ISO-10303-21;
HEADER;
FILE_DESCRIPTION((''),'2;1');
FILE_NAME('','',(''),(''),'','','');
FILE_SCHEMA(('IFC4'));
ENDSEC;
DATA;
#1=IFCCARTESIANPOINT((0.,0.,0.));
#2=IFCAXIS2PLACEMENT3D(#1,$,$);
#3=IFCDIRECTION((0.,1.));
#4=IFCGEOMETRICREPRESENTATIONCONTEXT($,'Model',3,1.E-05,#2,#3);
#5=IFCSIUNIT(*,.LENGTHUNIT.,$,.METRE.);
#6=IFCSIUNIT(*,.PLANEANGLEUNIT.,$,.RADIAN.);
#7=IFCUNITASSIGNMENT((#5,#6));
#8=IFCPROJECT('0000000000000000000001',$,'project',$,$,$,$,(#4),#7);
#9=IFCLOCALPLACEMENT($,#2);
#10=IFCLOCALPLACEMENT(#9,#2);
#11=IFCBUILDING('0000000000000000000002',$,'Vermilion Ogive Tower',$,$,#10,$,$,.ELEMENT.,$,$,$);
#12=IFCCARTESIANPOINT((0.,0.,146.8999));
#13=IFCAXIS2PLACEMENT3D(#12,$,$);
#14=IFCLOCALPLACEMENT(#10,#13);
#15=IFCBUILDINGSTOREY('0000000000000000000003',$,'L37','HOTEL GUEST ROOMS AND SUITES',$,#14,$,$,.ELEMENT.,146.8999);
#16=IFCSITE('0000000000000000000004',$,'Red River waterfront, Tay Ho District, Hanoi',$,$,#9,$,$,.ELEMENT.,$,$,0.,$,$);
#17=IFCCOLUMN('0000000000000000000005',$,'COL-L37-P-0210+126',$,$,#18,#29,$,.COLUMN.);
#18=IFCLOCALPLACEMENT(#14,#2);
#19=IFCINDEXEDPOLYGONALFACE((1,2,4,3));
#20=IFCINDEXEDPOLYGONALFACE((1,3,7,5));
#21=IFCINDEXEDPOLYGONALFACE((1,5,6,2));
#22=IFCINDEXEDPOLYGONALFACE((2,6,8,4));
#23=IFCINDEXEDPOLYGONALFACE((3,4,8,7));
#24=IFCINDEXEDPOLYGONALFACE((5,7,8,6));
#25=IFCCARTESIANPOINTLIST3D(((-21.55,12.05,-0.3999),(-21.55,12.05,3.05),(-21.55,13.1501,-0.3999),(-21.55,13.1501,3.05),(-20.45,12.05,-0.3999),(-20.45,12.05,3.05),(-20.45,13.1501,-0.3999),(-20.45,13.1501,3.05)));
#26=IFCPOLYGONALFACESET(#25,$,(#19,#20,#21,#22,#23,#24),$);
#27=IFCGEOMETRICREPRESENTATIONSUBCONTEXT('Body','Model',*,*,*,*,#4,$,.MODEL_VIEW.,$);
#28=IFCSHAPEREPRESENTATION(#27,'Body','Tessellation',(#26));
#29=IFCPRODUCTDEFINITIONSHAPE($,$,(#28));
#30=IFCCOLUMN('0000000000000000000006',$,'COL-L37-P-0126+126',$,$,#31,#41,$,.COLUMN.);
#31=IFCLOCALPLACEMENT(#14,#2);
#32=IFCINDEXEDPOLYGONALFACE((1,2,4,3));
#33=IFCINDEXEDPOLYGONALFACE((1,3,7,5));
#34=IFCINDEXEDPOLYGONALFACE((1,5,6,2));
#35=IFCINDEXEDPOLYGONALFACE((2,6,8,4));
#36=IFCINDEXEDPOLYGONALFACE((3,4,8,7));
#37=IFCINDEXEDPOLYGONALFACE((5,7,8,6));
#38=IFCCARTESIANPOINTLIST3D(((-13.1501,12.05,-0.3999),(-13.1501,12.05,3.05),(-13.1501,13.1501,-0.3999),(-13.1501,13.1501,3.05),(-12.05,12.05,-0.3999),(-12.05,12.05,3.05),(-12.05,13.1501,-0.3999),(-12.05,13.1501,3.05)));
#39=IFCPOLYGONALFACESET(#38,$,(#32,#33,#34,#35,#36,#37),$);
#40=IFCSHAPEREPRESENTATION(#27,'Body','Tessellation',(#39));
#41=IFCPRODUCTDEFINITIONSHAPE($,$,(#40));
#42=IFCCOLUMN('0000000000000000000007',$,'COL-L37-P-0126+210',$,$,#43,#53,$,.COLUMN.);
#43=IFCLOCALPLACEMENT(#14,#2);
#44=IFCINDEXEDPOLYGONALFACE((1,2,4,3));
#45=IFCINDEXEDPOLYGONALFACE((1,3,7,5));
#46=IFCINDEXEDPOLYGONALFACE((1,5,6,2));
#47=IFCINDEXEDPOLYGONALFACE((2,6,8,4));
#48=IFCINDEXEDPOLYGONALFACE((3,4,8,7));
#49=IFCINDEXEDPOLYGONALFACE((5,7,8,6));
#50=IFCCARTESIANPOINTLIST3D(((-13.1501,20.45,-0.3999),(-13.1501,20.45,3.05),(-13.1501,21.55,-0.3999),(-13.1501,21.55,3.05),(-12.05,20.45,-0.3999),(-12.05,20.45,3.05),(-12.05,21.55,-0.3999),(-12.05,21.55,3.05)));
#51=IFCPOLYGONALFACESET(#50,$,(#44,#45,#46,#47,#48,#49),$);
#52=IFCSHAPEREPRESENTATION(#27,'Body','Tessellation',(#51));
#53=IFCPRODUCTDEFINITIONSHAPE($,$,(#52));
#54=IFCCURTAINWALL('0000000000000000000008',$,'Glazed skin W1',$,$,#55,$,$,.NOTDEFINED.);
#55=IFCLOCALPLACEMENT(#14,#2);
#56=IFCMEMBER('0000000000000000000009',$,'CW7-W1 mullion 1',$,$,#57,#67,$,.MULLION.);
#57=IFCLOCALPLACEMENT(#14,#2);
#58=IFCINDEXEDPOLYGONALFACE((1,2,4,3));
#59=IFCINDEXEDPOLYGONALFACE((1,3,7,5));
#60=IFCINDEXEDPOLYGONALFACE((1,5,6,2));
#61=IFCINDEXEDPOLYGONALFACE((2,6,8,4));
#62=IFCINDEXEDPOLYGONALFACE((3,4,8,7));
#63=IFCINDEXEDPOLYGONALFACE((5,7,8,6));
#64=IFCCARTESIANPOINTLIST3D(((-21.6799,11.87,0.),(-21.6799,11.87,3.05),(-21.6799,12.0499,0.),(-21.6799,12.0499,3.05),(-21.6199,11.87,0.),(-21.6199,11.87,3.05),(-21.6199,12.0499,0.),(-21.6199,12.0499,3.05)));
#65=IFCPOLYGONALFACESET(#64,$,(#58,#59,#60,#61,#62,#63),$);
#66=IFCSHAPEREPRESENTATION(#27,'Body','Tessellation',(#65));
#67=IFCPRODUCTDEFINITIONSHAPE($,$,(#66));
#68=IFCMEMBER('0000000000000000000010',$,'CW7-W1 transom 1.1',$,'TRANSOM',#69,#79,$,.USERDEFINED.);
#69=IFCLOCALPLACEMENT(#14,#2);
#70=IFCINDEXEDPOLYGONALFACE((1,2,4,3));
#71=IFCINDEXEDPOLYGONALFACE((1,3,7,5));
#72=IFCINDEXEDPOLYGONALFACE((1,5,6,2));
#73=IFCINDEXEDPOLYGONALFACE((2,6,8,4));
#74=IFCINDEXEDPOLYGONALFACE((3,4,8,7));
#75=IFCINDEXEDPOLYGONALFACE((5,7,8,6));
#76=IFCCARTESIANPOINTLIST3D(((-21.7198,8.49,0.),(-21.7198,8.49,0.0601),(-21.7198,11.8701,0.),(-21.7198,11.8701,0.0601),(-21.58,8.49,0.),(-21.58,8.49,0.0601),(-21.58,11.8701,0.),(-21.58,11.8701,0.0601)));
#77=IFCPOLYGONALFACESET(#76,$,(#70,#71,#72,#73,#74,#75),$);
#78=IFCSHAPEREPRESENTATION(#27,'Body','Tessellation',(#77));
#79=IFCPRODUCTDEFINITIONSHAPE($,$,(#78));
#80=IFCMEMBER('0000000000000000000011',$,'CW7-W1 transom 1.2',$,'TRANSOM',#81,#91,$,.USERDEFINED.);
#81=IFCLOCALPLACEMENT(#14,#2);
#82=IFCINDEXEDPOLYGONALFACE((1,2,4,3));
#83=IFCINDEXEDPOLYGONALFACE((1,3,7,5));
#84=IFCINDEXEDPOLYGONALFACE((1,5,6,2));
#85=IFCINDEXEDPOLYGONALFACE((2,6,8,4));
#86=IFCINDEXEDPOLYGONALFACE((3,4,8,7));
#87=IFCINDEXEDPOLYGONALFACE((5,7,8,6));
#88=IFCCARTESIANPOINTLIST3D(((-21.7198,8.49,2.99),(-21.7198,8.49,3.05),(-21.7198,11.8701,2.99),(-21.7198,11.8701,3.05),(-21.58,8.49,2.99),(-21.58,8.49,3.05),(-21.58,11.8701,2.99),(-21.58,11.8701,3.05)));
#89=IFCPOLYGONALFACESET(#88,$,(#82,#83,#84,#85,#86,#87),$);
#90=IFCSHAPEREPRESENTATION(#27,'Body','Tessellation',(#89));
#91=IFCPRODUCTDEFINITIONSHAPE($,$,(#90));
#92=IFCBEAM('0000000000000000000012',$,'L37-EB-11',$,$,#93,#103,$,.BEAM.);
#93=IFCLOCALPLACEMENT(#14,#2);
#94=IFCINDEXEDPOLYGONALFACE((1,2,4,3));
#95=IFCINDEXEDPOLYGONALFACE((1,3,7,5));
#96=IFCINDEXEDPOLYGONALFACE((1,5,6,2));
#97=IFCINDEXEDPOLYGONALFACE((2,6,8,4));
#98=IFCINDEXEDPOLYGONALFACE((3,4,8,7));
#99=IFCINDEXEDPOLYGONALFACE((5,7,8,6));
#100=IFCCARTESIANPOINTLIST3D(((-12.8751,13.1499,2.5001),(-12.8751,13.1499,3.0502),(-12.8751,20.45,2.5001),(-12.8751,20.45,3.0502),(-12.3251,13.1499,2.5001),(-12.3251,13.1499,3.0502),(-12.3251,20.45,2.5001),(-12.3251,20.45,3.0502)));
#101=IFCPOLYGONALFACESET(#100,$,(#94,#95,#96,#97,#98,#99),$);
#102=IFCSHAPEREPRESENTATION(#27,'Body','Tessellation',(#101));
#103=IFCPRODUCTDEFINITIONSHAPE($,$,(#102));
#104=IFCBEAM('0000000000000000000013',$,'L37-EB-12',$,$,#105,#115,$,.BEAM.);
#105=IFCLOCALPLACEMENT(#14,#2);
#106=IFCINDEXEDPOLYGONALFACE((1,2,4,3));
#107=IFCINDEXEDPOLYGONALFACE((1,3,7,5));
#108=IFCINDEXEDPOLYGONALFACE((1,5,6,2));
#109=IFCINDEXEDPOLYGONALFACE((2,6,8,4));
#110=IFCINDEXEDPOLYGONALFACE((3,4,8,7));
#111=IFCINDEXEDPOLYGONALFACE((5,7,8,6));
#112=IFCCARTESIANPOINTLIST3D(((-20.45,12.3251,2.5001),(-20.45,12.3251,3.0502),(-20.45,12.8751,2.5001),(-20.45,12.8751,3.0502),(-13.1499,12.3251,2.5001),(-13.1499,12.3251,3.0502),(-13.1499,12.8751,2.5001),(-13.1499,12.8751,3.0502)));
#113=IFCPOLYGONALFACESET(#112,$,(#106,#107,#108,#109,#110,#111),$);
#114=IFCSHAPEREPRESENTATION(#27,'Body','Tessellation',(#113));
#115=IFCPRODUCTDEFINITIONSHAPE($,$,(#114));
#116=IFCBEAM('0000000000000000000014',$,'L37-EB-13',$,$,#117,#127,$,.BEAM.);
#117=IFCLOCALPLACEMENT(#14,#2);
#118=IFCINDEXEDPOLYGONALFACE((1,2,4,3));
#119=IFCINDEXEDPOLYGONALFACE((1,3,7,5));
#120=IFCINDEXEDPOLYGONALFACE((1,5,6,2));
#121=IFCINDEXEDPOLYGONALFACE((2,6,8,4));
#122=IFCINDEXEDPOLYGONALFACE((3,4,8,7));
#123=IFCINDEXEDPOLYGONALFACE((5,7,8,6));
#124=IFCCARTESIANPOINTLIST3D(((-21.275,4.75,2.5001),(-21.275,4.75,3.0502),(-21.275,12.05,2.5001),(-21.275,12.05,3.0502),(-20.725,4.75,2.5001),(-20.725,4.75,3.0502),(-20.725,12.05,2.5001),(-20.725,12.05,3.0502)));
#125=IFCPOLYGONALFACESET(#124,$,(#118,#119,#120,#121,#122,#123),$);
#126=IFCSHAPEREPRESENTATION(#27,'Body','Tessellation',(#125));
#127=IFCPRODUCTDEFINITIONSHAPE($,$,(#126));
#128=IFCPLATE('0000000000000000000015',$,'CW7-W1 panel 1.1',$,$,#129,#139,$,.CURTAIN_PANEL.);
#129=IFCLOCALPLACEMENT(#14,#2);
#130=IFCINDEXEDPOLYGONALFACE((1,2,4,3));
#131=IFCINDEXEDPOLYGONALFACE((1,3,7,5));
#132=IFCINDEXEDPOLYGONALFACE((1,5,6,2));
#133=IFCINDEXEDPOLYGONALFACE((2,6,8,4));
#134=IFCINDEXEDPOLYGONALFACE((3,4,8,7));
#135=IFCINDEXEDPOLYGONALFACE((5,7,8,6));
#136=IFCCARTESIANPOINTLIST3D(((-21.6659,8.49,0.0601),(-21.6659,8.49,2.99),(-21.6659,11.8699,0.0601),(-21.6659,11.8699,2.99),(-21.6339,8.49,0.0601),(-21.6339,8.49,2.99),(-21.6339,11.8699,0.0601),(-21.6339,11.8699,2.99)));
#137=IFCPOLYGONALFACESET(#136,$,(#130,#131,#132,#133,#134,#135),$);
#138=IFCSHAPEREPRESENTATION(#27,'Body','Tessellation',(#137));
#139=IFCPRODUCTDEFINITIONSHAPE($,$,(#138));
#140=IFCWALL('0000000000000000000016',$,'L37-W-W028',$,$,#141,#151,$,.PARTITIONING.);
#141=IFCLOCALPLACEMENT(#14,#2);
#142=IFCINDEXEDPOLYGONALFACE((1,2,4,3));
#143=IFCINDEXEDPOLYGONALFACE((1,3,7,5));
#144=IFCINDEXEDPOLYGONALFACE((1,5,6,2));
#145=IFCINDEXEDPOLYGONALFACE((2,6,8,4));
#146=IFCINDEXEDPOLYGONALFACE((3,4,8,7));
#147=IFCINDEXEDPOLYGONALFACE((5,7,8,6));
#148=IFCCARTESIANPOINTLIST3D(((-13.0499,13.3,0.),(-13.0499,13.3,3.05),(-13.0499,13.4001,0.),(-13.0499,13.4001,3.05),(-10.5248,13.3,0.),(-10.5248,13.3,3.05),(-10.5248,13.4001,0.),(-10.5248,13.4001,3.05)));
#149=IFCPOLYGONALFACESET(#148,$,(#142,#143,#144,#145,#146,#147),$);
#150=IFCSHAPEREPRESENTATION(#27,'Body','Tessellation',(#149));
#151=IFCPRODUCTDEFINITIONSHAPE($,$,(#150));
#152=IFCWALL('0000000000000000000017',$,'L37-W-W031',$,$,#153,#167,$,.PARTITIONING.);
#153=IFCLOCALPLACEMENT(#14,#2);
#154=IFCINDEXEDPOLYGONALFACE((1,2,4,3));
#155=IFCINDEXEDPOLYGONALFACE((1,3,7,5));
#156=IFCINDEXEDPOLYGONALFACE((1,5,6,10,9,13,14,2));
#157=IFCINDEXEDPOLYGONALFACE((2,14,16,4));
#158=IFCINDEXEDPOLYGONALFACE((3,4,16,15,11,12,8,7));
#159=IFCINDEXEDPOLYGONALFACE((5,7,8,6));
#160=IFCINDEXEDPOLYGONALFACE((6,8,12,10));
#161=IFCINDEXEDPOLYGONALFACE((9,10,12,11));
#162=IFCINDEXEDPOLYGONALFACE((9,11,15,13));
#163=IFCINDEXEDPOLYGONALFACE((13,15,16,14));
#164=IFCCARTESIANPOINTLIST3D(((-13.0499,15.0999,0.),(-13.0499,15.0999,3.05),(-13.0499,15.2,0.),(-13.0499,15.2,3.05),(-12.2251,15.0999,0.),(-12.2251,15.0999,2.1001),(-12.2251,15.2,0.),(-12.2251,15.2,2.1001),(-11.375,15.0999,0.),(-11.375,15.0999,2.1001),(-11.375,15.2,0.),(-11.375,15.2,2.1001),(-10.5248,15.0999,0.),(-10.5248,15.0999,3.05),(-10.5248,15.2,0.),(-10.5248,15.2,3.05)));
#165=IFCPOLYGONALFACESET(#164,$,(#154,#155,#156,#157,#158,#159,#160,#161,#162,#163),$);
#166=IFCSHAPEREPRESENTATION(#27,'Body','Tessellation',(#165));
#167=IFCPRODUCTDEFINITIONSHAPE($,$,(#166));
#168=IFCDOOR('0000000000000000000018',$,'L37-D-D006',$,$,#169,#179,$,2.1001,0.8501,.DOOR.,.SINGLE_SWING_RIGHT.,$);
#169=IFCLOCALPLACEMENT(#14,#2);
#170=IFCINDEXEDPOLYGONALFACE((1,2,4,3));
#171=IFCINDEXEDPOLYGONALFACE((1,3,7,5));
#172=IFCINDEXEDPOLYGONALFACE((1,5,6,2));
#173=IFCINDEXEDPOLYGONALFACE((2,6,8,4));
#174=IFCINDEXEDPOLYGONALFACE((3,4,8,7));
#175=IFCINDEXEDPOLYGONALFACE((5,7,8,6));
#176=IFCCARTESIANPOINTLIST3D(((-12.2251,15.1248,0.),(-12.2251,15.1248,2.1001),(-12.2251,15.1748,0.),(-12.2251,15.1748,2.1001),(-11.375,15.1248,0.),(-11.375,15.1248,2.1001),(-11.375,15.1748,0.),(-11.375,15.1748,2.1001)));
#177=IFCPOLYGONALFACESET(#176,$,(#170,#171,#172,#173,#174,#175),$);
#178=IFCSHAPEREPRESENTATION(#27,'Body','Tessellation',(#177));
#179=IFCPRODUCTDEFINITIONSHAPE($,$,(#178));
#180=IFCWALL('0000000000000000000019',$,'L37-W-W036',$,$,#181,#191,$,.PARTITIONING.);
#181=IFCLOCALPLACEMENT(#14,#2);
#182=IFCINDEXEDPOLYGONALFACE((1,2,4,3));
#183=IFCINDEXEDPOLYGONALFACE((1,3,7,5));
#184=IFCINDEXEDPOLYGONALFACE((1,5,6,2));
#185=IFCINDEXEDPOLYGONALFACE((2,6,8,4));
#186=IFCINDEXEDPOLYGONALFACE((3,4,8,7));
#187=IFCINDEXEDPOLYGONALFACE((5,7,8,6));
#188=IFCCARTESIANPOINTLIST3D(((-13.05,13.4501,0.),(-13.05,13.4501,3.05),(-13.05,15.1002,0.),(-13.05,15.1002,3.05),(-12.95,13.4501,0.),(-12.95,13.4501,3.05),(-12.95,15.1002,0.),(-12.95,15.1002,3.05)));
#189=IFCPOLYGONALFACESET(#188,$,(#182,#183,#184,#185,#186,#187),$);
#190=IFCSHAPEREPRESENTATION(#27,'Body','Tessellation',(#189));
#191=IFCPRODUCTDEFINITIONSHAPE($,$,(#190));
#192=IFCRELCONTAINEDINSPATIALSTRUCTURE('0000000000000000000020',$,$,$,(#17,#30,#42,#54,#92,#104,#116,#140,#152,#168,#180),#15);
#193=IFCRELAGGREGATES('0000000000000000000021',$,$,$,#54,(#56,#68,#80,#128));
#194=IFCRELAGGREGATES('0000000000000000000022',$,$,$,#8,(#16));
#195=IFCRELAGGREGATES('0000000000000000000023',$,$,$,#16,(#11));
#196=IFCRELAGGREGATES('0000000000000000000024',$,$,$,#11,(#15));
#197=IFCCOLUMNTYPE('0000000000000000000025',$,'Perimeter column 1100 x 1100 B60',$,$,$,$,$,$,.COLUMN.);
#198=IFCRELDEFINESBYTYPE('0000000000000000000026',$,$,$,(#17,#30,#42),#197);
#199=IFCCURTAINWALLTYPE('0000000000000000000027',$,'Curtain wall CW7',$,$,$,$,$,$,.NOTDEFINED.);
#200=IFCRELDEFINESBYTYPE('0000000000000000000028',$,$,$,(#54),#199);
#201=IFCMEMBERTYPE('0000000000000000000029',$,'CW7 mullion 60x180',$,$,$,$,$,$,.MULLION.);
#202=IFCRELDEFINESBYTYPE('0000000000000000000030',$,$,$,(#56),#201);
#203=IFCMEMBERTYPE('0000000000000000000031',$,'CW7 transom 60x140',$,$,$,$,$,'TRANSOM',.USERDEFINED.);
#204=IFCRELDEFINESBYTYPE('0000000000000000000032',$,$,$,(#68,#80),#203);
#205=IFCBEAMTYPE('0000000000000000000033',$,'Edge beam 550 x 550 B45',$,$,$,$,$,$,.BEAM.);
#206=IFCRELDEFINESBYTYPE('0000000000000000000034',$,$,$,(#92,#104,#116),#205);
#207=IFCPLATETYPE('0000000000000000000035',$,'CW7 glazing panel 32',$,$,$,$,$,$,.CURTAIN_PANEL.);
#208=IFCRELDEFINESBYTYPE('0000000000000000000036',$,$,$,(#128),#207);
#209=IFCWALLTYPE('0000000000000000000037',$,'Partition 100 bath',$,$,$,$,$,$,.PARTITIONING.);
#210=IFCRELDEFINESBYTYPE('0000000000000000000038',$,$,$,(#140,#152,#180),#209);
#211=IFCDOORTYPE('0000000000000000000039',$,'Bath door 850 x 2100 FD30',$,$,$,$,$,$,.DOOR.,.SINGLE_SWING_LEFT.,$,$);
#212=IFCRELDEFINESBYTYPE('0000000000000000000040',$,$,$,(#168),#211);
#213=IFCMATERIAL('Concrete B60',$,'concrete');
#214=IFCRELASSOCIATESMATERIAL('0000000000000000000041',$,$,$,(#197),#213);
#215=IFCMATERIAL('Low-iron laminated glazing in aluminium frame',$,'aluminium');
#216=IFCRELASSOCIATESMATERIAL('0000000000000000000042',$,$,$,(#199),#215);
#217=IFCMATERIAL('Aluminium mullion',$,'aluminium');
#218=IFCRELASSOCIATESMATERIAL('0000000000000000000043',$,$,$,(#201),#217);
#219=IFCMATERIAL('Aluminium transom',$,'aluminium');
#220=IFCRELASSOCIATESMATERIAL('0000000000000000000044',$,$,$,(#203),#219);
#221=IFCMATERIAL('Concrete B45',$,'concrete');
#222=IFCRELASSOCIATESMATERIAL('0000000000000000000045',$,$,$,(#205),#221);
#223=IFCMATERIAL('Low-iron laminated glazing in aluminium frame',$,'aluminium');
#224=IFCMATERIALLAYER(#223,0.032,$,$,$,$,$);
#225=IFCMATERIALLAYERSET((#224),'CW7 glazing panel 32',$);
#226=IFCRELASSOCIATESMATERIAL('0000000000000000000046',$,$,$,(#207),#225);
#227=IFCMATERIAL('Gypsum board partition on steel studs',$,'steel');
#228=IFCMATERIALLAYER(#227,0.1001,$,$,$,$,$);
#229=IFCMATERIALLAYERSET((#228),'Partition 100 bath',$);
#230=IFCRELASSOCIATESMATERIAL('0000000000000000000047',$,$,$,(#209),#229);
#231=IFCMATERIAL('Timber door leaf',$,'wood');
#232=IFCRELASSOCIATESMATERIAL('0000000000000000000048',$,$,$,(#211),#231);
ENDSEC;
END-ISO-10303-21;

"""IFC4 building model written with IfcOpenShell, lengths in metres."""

from ifc_helpers import new_model, si_unit, direction, frame, frame_2d, origin, origin_2d, place, context, subcontext, project, spatial, rectangle, extrude, material, layer, layer_set, material_profile, profile_set, type_object, element, fill, aggregate, save


model = new_model("IFC4")

# Units and contexts
model_context = context("Model", 3, precision=1e-05, world=origin(), true_north=direction((0.0, 1.0)))
body_context = subcontext(model_context, "Body", "Model", "MODEL_VIEW")
ifc_project = project(units=[si_unit("LENGTHUNIT", "METRE"), si_unit("PLANEANGLEUNIT", "RADIAN")], contexts=[model_context])

# Site, building, storey
site_placement = place(None, origin())
site = spatial("IfcSite", under=ifc_project, at=site_placement, Name="Red River waterfront, Tay Ho District, Hanoi", CompositionType="ELEMENT", RefElevation=0.0)
building_placement = place(site_placement, origin())
building = spatial("IfcBuilding", under=site, at=building_placement, Name="Vermilion Ogive Tower", CompositionType="ELEMENT")
storey_placement = place(building_placement, frame((0.0, 0.0, 146.8999)))
storey = spatial("IfcBuildingStorey", under=building, at=storey_placement, Name="L37", Description="HOTEL GUEST ROOMS AND SUITES", CompositionType="ELEMENT", Elevation=146.8999)

# Columns
ifc_material_1 = material(Name="Concrete B60", Category="concrete")
ifc_material_profile_1 = material_profile(ifc_material_1, rectangle(XDim=1.1001, YDim=1.1001, at=origin_2d()), Name="1100 x 1100")
ifc_profile_set_1 = profile_set([ifc_material_profile_1], Name="Concrete B60")
column_type = type_object("IfcColumnType", Name="Perimeter column 1100 x 1100 B60", PredefinedType="COLUMN", material=ifc_profile_set_1)
for number, where, z_axis, x_axis, name in (
    (1, (-21.0, 12.6001, -0.3999), (0.0, 0.0, 1.0), (1.0, 0.0, 0.0), "COL-L37-P-0210+126"),
    (2, (-12.6001, 12.6001, -0.3999), (0.0, 0.0, 1.0), (1.0, 0.0, 0.0), "COL-L37-P-0126+126"),
    (3, (-12.6001, 21.0, -0.3999), (0.0, 0.0, 1.0), (1.0, 0.0, 0.0), "COL-L37-P-0126+210"),
):
    element("IfcColumn", number, at=place(storey_placement, frame(where, z_axis=z_axis, x_axis=x_axis)), inside=storey, type_object=column_type, Name=name, PredefinedType="COLUMN", context=body_context, shape_type="SweptSolid", body=[
        extrude(rectangle(XDim=1.1001, YDim=1.1001, at=origin_2d()), origin(), (0.0, 0.0, 1.0), 3.45),
    ])

# Curtain wall, members
ifc_material_2 = material(Name="Low-iron laminated glazing in aluminium frame", Category="aluminium")
curtain_wall_type = type_object("IfcCurtainWallType", Name="Curtain wall CW7", PredefinedType="NOTDEFINED", material=ifc_material_2)
curtain_wall_placement = place(storey_placement, origin())
curtain_wall = element("IfcCurtainWall", 4, at=curtain_wall_placement, inside=storey, type_object=curtain_wall_type, Name="Glazed skin W1", PredefinedType="NOTDEFINED")
ifc_material_3 = material(Name="Aluminium mullion", Category="aluminium")
ifc_material_profile_2 = material_profile(ifc_material_3, rectangle(XDim=0.0601, YDim=0.1799, at=origin_2d()), Name="AL 60x180")
ifc_profile_set_2 = profile_set([ifc_material_profile_2], Name="Aluminium mullion")
member_type_1 = type_object("IfcMemberType", Name="CW7 mullion 60x180", PredefinedType="MULLION", material=ifc_profile_set_2)
member_1_placement = place(storey_placement, frame((-21.6499, 11.96, 0.0), z_axis=(0.0, 0.0, 1.0), x_axis=(1.0, 0.0, 0.0)))
member_1 = element("IfcMember", 5, at=member_1_placement, type_object=member_type_1, Name="CW7-W1 mullion 1", PredefinedType="MULLION", context=body_context, shape_type="SweptSolid", body=[
    extrude(rectangle(XDim=0.0601, YDim=0.1799, at=origin_2d()), origin(), (0.0, 0.0, 1.0), 3.05),
])
ifc_material_4 = material(Name="Aluminium transom", Category="aluminium")
ifc_material_profile_3 = material_profile(ifc_material_4, rectangle(XDim=0.1399, YDim=0.0601, at=origin_2d()), Name="AL 60x140")
ifc_profile_set_3 = profile_set([ifc_material_profile_3], Name="Aluminium transom")
member_type_2 = type_object("IfcMemberType", Name="CW7 transom 60x140", ElementType="TRANSOM", PredefinedType="USERDEFINED", material=ifc_profile_set_3)
member_2_placement = place(storey_placement, frame((-21.6499, 11.8701, 0.03), z_axis=(0.0, -1.0, 0.0), x_axis=(1.0, 0.0, 0.0)))
member_2 = element("IfcMember", 6, at=member_2_placement, type_object=member_type_2, Name="CW7-W1 transom 1.1", ObjectType="TRANSOM", PredefinedType="USERDEFINED", context=body_context, shape_type="SweptSolid", body=[
    extrude(rectangle(XDim=0.1399, YDim=0.0601, at=origin_2d()), origin(), (0.0, 0.0, 1.0), 3.3801),
])
member_3_placement = place(storey_placement, frame((-21.6499, 11.8701, 3.02), z_axis=(0.0, -1.0, 0.0), x_axis=(1.0, 0.0, 0.0)))
member_3 = element("IfcMember", 7, at=member_3_placement, type_object=member_type_2, Name="CW7-W1 transom 1.2", ObjectType="TRANSOM", PredefinedType="USERDEFINED", context=body_context, shape_type="SweptSolid", body=[
    extrude(rectangle(XDim=0.1399, YDim=0.0601, at=origin_2d()), origin(), (0.0, 0.0, 1.0), 3.3801),
])

# Beams
ifc_material_5 = material(Name="Concrete B45", Category="concrete")
ifc_material_profile_4 = material_profile(ifc_material_5, rectangle(XDim=0.55, YDim=0.55, at=origin_2d()), Name="550 x 550")
ifc_profile_set_4 = profile_set([ifc_material_profile_4], Name="Concrete B45")
beam_type = type_object("IfcBeamType", Name="Edge beam 550 x 550 B45", PredefinedType="BEAM", material=ifc_profile_set_4)
for number, where, z_axis, x_axis, name in (
    (8, (-12.6001, 20.45, 2.7751), (0.0, -1.0, 0.0), (1.0, 0.0, 0.0), "L37-EB-11"),
    (9, (-13.1499, 12.6001, 2.7751), (-1.0, 0.0, 0.0), (0.0, -1.0, 0.0), "L37-EB-12"),
    (10, (-21.0, 12.05, 2.7751), (0.0, -1.0, 0.0), (1.0, 0.0, 0.0), "L37-EB-13"),
):
    element("IfcBeam", number, at=place(storey_placement, frame(where, z_axis=z_axis, x_axis=x_axis)), inside=storey, type_object=beam_type, Name=name, PredefinedType="BEAM", context=body_context, shape_type="SweptSolid", body=[
        extrude(rectangle(XDim=0.55, YDim=0.55, at=origin_2d()), origin(), (0.0, 0.0, 1.0), 7.3),
    ])

# Plate
ifc_material_6 = material(Name="Low-iron laminated glazing in aluminium frame", Category="aluminium")
ifc_layer_1 = layer(ifc_material_6, 0.032)
ifc_layer_set_1 = layer_set([ifc_layer_1], Name="CW7 glazing panel 32")
plate_type = type_object("IfcPlateType", Name="CW7 glazing panel 32", PredefinedType="CURTAIN_PANEL", material=ifc_layer_set_1)
plate_placement = place(storey_placement, frame((-21.6499, 10.1799, 0.0601), z_axis=(0.0, 0.0, 1.0), x_axis=(0.0, -1.0, 0.0)))
plate = element("IfcPlate", 11, at=plate_placement, type_object=plate_type, Name="CW7-W1 panel 1.1", PredefinedType="CURTAIN_PANEL", context=body_context, shape_type="SweptSolid", body=[
    extrude(rectangle(XDim=3.3799, YDim=0.032, at=origin_2d()), origin(), (0.0, 0.0, 1.0), 2.9299),
])
aggregate(curtain_wall, [member_1, member_2, member_3, plate])

# Wall
ifc_material_7 = material(Name="Gypsum board partition on steel studs", Category="steel")
ifc_layer_2 = layer(ifc_material_7, 0.1001)
ifc_layer_set_2 = layer_set([ifc_layer_2], Name="Partition 100 bath")
wall_type_1 = type_object("IfcWallType", Name="Partition 100 bath", PredefinedType="PARTITIONING", material=ifc_layer_set_2)
wall_1_placement = place(storey_placement, frame((-13.05, 13.3501, 0.0), z_axis=(0.0, 0.0, 1.0), x_axis=(1.0, 0.0, 0.0)))
element("IfcWall", 12, at=wall_1_placement, inside=storey, type_object=wall_type_1, Name="L37-W-W028", PredefinedType="PARTITIONING", context=body_context, shape_type="SweptSolid", body=[
    extrude(rectangle(XDim=2.5251, YDim=0.1001, at=frame_2d((1.2627, 0.0))), origin(), (0.0, 0.0, 1.0), 3.05),
])

# Wall, opening, door
wall_2_placement = place(storey_placement, frame((-13.05, 15.1499, 0.0), z_axis=(0.0, 0.0, 1.0), x_axis=(1.0, 0.0, 0.0)))
wall_2 = element("IfcWall", 13, at=wall_2_placement, inside=storey, type_object=wall_type_1, Name="L37-W-W031", PredefinedType="PARTITIONING", context=body_context, shape_type="SweptSolid", body=[
    extrude(rectangle(XDim=2.5251, YDim=0.1001, at=frame_2d((1.2627, 0.0))), origin(), (0.0, 0.0, 1.0), 3.05),
])
opening_1_placement = place(wall_2_placement, frame((0.825, 0.0, 0.0)))
opening_1 = element("IfcOpeningElement", 14, at=opening_1_placement, cuts=wall_2, PredefinedType="OPENING", context=body_context, shape_type="SweptSolid", body=[
    extrude(rectangle(XDim=0.8501, YDim=2.1001, at=frame_2d((0.425, 1.05))), frame((0.0, 0.0601, 0.0), z_axis=(0.0, -1.0, 0.0), x_axis=(1.0, 0.0, 0.0)), (0.0, 0.0, 1.0), 0.1201),
])
ifc_material_8 = material(Name="Timber door leaf", Category="wood")
door_type_1 = type_object("IfcDoorType", Name="Bath door 850 x 2100 FD30", OperationType="SINGLE_SWING_LEFT", PredefinedType="DOOR", material=ifc_material_8)
door_1_placement = place(opening_1_placement, origin())
door_1 = element("IfcDoor", 15, at=door_1_placement, inside=storey, type_object=door_type_1, Name="L37-D-D006", OperationType="SINGLE_SWING_RIGHT", OverallHeight=2.1001, OverallWidth=0.8501, PredefinedType="DOOR", context=body_context, shape_type="SweptSolid", body=[
    extrude(rectangle(XDim=0.8501, YDim=2.1001, at=frame_2d((0.425, 1.05))), frame((0.0, 0.0249, 0.0), z_axis=(0.0, -1.0, 0.0), x_axis=(1.0, 0.0, 0.0)), (0.0, 0.0, 1.0), 0.05),
])
fill(opening_1, door_1)

# Wall
wall_3_placement = place(storey_placement, frame((-13.0, 13.45, 0.0), z_axis=(0.0, 0.0, 1.0), x_axis=(0.0, 1.0, 0.0)))
element("IfcWall", 16, at=wall_3_placement, inside=storey, type_object=wall_type_1, Name="L37-W-W036", PredefinedType="PARTITIONING", context=body_context, shape_type="SweptSolid", body=[
    extrude(rectangle(XDim=1.6501, YDim=0.1001, at=frame_2d((0.8252, 0.0))), origin(), (0.0, 0.0, 1.0), 3.05),
])

save(model, "model.ifc")
